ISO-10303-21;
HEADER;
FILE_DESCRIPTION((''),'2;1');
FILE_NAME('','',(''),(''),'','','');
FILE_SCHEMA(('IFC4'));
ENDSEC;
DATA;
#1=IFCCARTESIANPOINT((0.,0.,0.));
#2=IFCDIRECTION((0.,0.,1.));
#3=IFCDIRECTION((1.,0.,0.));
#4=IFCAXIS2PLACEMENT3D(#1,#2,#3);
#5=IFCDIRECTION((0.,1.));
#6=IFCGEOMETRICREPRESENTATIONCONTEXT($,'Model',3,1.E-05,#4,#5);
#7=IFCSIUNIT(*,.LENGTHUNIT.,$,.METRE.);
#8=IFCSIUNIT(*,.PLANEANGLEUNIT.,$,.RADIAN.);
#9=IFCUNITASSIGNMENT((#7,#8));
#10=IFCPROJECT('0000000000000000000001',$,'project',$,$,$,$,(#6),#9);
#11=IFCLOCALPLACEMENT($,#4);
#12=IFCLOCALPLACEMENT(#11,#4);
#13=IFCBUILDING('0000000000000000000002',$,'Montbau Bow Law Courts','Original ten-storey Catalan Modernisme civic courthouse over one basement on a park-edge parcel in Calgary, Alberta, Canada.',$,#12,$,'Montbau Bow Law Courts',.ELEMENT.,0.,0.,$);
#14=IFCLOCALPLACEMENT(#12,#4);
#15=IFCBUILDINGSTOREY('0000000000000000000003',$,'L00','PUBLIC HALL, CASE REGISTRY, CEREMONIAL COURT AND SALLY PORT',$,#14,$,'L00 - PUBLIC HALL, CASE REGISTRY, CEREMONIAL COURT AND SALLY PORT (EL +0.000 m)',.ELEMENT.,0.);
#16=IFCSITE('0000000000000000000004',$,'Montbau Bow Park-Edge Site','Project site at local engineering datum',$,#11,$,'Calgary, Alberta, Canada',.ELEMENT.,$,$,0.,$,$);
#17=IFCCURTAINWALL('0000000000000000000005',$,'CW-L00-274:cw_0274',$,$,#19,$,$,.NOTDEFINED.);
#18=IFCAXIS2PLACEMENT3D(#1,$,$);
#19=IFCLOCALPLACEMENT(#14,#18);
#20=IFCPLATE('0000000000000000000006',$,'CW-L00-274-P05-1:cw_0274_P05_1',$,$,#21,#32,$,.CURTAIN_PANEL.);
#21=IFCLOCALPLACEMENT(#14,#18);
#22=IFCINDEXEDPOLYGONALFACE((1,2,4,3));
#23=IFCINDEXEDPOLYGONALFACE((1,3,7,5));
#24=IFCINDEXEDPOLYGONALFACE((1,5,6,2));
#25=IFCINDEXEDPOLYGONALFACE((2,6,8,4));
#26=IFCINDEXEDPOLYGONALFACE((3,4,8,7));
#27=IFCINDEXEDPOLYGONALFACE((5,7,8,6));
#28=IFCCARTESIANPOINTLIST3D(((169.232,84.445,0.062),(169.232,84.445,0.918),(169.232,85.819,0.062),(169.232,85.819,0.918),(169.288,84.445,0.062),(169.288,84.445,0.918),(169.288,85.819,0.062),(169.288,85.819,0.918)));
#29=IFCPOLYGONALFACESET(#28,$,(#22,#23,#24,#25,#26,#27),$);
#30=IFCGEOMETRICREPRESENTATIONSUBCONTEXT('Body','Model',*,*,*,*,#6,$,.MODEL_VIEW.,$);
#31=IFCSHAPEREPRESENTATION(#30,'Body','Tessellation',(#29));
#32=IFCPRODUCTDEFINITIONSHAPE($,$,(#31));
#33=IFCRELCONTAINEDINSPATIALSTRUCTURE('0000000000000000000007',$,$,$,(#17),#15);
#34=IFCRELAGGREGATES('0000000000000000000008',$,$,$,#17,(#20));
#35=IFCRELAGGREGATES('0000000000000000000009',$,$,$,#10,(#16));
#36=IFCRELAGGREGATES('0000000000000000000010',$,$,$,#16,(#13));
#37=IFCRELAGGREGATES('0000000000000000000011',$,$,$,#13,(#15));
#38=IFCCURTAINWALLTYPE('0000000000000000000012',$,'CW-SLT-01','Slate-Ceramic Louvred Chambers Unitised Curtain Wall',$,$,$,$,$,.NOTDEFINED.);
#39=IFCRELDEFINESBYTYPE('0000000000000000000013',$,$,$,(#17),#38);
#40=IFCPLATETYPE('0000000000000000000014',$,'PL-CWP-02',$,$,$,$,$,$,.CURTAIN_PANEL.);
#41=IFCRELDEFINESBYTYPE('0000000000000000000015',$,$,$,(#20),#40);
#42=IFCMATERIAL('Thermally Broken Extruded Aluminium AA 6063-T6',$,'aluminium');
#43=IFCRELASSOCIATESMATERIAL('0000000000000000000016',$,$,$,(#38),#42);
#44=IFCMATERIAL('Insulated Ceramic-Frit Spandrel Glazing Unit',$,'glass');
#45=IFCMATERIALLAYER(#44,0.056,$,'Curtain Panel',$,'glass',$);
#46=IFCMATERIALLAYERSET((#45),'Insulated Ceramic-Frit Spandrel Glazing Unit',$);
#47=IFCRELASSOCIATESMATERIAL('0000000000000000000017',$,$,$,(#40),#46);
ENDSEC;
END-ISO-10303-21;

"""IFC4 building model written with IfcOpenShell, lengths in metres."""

from ifc_helpers import new_model, si_unit, direction, frame, frame_2d, origin_with_axes, place, context, subcontext, project, spatial, rectangle, extrude, material, layer, layer_set, type_object, element, aggregate, save


model = new_model("IFC4")

# Units and contexts
model_context = context("Model", 3, precision=1e-05, world=origin_with_axes(), true_north=direction((0.0, 1.0)))
body_context = subcontext(model_context, "Body", "Model", "MODEL_VIEW")
ifc_project = project(units=[si_unit("LENGTHUNIT", "METRE"), si_unit("PLANEANGLEUNIT", "RADIAN")], contexts=[model_context])

# Site, building, storey
site_placement = place(None, origin_with_axes())
site = spatial("IfcSite", under=ifc_project, at=site_placement, Name="Montbau Bow Park-Edge Site", Description="Project site at local engineering datum", LongName="Calgary, Alberta, Canada", CompositionType="ELEMENT", RefElevation=0.0)
building_placement = place(site_placement, origin_with_axes())
building = spatial("IfcBuilding", under=site, at=building_placement, Name="Montbau Bow Law Courts", Description="Original ten-storey Catalan Modernisme civic courthouse over one basement on a park-edge parcel in Calgary, Alberta, Canada.", LongName="Montbau Bow Law Courts", CompositionType="ELEMENT", ElevationOfRefHeight=0.0, ElevationOfTerrain=0.0)
storey_placement = place(building_placement, origin_with_axes())
storey = spatial("IfcBuildingStorey", under=building, at=storey_placement, Name="L00", Description="PUBLIC HALL, CASE REGISTRY, CEREMONIAL COURT AND SALLY PORT", LongName="L00 - PUBLIC HALL, CASE REGISTRY, CEREMONIAL COURT AND SALLY PORT (EL +0.000 m)", CompositionType="ELEMENT", Elevation=0.0)

# Curtain wall, plate
ifc_material_1 = material(Name="Thermally Broken Extruded Aluminium AA 6063-T6", Category="aluminium")
curtain_wall_type = type_object("IfcCurtainWallType", Name="CW-SLT-01", Description="Slate-Ceramic Louvred Chambers Unitised Curtain Wall", PredefinedType="NOTDEFINED", material=ifc_material_1)
curtain_wall_placement = place(None, frame((169.26, 78.515, 0.0), z_axis=(0.0, 0.0, 1.0), x_axis=(1.0, 0.0, 0.0)))
curtain_wall = element("IfcCurtainWall", 1, at=curtain_wall_placement, inside=storey, type_object=curtain_wall_type, Name="CW-L00-274:cw_0274", PredefinedType="NOTDEFINED")
ifc_material_2 = material(Name="Insulated Ceramic-Frit Spandrel Glazing Unit", Category="glass")
ifc_layer_1 = layer(ifc_material_2, 0.056, Name="Curtain Panel", Category="glass")
ifc_layer_set_1 = layer_set([ifc_layer_1], Name="Insulated Ceramic-Frit Spandrel Glazing Unit")
plate_type_1 = type_object("IfcPlateType", Name="PL-CWP-02", PredefinedType="CURTAIN_PANEL", material=ifc_layer_set_1)
plate_1_placement = place(None, frame((169.26, 84.445, 0.062), z_axis=(1.0, 0.0, 0.0), x_axis=(0.0, 1.0, 0.0)))
plate_1 = element("IfcPlate", 2, at=plate_1_placement, type_object=plate_type_1, Name="CW-L00-274-P05-1:cw_0274_P05_1", PredefinedType="CURTAIN_PANEL", context=body_context, shape_type="SweptSolid", body=[
    extrude(rectangle(XDim=1.374, YDim=0.856, at=frame_2d((0.687, 0.428), x_axis=(1.0, 0.0))), frame((0.0, 0.0, -0.028), z_axis=(0.0, 0.0, 1.0), x_axis=(1.0, 0.0, 0.0)), (0.0, 0.0, 1.0), 0.056),
])
aggregate(curtain_wall, [plate_1])

save(model, "model.ifc")
